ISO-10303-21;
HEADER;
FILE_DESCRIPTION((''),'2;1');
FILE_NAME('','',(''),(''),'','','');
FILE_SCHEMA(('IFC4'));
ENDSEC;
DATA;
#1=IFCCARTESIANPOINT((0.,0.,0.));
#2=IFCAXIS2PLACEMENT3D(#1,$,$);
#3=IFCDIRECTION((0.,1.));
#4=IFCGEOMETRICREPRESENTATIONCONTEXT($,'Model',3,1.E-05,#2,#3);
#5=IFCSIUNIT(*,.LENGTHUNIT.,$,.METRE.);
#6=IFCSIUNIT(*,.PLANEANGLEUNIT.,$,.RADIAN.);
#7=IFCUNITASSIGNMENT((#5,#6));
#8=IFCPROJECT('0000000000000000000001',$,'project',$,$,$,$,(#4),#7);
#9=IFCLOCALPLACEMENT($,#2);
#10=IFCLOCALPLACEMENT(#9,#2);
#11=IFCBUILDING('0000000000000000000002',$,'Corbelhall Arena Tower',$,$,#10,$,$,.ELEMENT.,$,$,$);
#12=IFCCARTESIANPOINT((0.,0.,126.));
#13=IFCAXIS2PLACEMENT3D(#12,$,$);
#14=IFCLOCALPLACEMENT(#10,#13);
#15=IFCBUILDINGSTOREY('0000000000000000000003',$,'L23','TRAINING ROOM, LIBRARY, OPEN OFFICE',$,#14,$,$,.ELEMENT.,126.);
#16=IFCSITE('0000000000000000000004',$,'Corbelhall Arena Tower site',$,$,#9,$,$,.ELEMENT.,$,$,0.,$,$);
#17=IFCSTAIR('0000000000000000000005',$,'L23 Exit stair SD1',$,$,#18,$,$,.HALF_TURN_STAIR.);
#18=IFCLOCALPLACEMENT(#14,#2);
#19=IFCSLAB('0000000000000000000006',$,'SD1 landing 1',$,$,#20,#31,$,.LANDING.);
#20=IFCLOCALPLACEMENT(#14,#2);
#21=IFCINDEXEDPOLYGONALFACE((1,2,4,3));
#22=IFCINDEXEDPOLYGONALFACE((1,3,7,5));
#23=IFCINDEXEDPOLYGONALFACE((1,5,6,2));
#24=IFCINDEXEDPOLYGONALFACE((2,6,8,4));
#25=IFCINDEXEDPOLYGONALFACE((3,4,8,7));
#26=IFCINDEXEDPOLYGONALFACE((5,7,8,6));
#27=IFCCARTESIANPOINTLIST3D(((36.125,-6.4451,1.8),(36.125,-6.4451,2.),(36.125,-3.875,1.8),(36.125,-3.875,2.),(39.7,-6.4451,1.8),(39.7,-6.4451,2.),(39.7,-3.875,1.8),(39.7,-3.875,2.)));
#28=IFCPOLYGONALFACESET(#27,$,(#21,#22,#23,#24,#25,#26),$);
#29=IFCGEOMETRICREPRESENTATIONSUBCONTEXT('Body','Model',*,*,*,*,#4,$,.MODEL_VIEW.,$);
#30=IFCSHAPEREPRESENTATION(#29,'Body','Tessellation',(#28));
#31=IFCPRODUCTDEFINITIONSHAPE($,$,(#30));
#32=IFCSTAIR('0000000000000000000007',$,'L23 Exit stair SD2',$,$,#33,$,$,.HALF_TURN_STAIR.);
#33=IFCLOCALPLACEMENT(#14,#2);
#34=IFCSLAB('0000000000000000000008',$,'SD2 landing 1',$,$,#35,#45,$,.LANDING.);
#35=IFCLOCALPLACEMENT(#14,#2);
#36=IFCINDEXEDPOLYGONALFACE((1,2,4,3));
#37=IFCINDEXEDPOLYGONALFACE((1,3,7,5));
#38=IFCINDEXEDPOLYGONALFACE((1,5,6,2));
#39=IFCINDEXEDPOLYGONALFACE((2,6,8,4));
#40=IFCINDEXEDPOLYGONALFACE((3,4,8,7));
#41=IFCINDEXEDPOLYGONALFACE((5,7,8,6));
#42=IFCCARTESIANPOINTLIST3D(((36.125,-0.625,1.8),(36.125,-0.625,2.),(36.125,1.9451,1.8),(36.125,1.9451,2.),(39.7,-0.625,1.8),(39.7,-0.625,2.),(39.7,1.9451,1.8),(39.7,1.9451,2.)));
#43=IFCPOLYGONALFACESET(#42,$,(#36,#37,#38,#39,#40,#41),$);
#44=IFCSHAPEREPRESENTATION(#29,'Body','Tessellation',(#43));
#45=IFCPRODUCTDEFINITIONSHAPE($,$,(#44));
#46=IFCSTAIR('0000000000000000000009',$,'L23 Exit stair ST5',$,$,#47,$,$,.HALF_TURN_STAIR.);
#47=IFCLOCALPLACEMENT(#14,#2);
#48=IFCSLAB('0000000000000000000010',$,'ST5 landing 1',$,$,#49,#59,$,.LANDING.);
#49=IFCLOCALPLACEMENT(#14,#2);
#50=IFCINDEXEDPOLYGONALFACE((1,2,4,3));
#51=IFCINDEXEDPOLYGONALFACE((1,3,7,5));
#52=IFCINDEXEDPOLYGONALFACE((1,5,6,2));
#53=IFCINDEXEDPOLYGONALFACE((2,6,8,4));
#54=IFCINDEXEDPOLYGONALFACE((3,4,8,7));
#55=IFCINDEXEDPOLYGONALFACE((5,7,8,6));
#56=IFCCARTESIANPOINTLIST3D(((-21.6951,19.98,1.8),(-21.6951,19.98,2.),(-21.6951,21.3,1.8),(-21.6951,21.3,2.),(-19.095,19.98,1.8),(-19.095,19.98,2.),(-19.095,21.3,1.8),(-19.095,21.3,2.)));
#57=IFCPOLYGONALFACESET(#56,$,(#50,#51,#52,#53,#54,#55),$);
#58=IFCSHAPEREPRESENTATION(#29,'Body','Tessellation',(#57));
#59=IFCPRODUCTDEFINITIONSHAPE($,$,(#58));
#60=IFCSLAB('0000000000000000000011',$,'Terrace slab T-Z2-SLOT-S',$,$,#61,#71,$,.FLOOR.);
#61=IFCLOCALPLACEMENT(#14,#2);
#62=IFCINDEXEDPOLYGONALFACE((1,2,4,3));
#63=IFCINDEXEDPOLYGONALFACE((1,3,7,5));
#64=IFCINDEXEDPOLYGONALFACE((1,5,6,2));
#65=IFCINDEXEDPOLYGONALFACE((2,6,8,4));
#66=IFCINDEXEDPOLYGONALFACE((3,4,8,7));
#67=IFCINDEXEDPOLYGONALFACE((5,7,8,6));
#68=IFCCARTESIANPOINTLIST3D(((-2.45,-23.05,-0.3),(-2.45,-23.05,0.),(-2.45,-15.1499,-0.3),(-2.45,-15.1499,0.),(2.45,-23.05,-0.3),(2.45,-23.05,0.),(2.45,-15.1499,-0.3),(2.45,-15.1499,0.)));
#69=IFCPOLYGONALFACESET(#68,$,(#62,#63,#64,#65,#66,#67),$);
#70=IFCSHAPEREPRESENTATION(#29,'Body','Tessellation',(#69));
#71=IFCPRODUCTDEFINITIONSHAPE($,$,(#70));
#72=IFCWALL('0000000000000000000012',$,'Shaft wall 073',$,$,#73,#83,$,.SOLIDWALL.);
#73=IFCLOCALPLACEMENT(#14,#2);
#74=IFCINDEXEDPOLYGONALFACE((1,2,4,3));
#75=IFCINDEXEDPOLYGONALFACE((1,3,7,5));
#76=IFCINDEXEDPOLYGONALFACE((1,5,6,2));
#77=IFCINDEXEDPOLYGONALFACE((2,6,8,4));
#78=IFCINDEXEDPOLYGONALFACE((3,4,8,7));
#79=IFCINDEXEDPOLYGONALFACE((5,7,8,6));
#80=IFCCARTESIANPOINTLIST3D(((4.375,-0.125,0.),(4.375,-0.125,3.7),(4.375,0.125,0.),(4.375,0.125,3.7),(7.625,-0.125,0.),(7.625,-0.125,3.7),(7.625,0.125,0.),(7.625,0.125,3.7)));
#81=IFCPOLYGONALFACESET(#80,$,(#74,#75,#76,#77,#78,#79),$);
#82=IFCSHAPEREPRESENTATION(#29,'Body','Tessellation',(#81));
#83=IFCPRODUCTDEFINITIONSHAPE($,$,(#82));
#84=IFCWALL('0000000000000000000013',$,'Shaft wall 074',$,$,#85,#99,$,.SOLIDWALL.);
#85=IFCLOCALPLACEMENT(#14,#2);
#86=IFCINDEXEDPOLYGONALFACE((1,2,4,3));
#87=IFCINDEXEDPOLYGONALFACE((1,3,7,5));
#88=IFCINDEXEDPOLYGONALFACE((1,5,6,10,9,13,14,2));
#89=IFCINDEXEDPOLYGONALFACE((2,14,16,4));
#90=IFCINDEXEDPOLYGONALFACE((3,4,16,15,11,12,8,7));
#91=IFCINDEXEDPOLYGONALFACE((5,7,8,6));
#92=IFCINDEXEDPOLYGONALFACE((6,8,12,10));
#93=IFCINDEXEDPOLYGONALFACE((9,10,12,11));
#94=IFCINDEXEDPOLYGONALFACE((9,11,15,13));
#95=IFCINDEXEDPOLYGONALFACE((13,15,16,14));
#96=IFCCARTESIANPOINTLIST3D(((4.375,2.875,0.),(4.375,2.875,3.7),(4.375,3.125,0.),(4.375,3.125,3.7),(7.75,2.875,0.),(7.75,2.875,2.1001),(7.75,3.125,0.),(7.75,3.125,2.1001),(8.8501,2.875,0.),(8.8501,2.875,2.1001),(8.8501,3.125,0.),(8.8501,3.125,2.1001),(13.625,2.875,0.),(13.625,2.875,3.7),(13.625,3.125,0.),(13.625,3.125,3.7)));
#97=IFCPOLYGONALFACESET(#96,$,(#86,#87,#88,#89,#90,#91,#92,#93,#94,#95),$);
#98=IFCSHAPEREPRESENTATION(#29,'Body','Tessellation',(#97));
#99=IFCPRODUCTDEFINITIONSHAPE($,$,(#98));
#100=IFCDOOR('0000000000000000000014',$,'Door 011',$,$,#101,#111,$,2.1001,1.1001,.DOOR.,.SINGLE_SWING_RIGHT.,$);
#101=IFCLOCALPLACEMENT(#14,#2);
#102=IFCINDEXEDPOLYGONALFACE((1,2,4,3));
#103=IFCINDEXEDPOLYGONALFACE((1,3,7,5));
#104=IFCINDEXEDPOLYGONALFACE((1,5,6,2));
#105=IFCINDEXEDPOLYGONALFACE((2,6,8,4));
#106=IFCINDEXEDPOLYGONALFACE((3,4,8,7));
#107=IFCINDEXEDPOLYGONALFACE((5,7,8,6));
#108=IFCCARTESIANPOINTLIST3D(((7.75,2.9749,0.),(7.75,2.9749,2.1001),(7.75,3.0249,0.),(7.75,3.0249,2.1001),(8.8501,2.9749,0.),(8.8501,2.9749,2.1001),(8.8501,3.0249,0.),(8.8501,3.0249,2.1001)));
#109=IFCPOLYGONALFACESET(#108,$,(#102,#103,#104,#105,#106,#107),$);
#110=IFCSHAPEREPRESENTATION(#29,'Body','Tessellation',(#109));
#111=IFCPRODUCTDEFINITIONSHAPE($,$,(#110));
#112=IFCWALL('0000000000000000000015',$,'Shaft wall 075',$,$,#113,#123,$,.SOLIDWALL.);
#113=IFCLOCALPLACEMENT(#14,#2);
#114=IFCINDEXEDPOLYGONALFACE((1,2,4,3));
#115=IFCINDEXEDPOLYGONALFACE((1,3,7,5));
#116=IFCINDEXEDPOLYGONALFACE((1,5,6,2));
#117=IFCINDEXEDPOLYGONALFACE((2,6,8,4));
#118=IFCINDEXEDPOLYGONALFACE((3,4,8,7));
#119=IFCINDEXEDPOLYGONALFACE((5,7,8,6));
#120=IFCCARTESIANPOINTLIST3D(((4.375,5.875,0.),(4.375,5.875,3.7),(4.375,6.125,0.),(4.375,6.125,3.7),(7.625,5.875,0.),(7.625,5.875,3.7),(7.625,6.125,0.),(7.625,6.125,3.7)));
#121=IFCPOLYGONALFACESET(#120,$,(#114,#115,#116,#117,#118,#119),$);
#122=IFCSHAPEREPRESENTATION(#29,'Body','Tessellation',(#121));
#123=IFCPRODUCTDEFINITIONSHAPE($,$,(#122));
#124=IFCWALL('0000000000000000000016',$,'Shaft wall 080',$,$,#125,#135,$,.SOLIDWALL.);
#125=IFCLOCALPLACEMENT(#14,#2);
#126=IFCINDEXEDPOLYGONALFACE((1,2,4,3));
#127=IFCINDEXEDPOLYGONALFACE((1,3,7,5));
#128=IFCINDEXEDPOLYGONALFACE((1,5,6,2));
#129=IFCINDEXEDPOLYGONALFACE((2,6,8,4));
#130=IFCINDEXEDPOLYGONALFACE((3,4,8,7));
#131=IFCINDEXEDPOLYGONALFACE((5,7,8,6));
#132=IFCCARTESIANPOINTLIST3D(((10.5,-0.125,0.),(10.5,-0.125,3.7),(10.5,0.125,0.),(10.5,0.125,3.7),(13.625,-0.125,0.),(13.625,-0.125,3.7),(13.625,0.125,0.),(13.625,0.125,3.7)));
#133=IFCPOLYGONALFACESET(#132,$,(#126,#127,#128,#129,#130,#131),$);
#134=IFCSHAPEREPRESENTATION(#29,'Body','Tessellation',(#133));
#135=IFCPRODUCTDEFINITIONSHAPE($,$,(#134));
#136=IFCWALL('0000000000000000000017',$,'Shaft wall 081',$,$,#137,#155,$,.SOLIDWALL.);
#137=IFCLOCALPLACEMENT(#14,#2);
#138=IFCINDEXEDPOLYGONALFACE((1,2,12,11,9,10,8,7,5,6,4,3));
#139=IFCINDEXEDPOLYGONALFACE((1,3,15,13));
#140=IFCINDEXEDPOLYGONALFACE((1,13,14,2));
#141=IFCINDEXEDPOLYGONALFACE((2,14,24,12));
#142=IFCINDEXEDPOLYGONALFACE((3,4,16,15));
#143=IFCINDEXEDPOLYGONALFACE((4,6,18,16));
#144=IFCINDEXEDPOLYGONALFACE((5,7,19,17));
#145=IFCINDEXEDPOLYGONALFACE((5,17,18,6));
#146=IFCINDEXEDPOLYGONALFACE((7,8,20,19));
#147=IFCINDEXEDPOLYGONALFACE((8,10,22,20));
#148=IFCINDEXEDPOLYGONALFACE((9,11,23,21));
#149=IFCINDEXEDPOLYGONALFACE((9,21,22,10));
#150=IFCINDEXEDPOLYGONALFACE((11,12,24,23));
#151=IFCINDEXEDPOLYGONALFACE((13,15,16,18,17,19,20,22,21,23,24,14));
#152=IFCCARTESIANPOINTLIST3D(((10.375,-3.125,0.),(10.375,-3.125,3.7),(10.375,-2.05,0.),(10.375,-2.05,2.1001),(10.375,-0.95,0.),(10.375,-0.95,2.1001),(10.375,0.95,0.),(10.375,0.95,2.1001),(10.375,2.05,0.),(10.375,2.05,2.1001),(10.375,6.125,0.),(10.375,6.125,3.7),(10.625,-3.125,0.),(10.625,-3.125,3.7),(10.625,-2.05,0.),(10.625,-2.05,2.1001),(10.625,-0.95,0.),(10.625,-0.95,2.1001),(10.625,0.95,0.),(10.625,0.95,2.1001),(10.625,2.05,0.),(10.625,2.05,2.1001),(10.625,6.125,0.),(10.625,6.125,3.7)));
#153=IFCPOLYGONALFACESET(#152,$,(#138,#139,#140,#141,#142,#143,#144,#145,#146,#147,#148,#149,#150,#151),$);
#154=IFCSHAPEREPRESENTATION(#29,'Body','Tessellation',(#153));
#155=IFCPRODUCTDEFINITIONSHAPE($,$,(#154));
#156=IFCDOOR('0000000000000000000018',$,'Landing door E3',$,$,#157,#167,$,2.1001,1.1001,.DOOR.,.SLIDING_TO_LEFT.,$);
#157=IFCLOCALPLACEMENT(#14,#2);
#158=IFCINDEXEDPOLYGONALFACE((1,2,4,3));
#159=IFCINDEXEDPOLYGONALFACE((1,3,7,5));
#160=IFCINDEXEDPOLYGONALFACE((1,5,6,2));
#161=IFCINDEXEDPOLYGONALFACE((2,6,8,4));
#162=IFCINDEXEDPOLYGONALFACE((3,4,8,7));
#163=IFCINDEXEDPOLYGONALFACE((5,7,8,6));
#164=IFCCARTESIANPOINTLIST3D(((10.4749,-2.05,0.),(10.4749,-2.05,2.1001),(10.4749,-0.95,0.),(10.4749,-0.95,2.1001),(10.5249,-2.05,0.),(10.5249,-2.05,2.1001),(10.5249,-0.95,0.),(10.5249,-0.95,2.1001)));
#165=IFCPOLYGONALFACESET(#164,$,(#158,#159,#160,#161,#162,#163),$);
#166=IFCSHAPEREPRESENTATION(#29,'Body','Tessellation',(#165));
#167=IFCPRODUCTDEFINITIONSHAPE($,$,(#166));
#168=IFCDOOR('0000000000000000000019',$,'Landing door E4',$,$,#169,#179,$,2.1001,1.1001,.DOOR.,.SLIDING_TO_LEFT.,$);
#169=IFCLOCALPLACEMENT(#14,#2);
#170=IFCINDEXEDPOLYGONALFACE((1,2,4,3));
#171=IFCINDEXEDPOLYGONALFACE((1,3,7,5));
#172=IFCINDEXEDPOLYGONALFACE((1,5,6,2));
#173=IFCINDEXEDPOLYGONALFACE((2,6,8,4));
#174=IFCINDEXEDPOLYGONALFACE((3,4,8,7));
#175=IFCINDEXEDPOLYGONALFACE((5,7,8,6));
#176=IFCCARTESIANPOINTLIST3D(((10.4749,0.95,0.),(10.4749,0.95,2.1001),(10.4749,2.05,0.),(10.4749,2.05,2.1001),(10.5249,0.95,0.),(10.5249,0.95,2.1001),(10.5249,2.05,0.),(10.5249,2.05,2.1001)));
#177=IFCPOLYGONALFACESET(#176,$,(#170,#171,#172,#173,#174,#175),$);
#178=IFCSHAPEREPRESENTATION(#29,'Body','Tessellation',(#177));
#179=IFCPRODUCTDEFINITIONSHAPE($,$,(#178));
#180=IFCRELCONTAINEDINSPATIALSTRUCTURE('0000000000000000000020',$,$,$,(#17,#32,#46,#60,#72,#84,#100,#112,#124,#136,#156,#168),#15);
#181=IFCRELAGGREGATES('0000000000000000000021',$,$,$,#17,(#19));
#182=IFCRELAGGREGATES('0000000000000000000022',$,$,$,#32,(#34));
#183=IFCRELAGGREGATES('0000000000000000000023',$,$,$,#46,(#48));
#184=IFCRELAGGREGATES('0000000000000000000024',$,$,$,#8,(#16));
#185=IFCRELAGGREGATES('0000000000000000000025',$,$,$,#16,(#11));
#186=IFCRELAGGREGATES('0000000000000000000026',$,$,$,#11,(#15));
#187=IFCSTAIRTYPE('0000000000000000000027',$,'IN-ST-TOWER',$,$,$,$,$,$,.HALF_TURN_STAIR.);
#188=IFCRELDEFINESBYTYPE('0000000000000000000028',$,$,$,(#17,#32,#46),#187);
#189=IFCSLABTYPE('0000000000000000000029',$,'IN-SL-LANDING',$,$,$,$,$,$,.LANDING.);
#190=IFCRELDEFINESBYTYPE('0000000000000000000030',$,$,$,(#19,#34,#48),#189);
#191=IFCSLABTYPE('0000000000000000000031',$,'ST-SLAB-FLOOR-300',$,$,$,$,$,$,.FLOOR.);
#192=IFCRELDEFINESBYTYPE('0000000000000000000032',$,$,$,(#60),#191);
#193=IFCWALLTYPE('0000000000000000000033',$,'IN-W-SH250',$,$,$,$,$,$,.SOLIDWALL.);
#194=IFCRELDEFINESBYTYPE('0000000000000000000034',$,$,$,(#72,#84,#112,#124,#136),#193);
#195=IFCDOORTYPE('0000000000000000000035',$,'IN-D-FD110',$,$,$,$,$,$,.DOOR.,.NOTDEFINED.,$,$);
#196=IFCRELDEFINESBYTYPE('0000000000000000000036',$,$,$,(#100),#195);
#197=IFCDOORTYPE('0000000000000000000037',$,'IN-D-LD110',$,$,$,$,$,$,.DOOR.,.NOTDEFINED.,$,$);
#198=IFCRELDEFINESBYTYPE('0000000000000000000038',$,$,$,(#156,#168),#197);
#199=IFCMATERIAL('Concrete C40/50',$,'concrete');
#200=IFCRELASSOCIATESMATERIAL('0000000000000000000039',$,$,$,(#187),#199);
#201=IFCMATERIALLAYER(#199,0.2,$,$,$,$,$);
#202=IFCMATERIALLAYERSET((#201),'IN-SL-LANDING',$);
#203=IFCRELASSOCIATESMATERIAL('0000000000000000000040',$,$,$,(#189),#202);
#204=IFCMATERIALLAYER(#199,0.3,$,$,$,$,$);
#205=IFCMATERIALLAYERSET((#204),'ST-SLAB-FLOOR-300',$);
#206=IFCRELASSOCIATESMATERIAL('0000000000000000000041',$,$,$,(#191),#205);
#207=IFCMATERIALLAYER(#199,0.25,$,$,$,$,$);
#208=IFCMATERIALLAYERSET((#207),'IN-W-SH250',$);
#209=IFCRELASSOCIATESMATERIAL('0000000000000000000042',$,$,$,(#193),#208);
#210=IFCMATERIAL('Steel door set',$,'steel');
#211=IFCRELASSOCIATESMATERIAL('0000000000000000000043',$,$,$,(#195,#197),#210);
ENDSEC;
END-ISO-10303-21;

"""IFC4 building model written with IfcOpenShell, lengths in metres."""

from ifc_helpers import new_model, si_unit, direction, frame, frame_2d, origin, place, context, subcontext, project, spatial, polyline, rectangle, outline, extrude, material, layer, layer_set, type_object, element, fill, aggregate, save


model = new_model("IFC4")

# Units and contexts
model_context = context("Model", 3, precision=1e-05, world=origin(), true_north=direction((0.0, 1.0)))
body_context = subcontext(model_context, "Body", "Model", "MODEL_VIEW")
ifc_project = project(units=[si_unit("LENGTHUNIT", "METRE"), si_unit("PLANEANGLEUNIT", "RADIAN")], contexts=[model_context])

# Site, building, storey
site_placement = place(None, origin())
site = spatial("IfcSite", under=ifc_project, at=site_placement, Name="Corbelhall Arena Tower site", CompositionType="ELEMENT", RefElevation=0.0)
building_placement = place(site_placement, origin())
building = spatial("IfcBuilding", under=site, at=building_placement, Name="Corbelhall Arena Tower", CompositionType="ELEMENT")
storey_placement = place(building_placement, frame((0.0, 0.0, 126.0)))
storey = spatial("IfcBuildingStorey", under=building, at=storey_placement, Name="L23", Description="TRAINING ROOM, LIBRARY, OPEN OFFICE", CompositionType="ELEMENT", Elevation=126.0)

# Shared definitions
ifc_material_1 = material(Name="Concrete C40/50", Category="concrete")

# Stairs, slabs
stair_type = type_object("IfcStairType", Name="IN-ST-TOWER", PredefinedType="HALF_TURN_STAIR", material=ifc_material_1)
ifc_layer_1 = layer(ifc_material_1, 0.2)
ifc_layer_set_1 = layer_set([ifc_layer_1], Name="IN-SL-LANDING")
slab_type_1 = type_object("IfcSlabType", Name="IN-SL-LANDING", PredefinedType="LANDING", material=ifc_layer_set_1)
stair_1_placement = place(storey_placement, origin())
stair_1 = element("IfcStair", 1, at=stair_1_placement, inside=storey, type_object=stair_type, Name="L23 Exit stair SD1", PredefinedType="HALF_TURN_STAIR")
slab_1_placement = place(storey_placement, frame((0.0, 0.0, 1.8)))
slab_1 = element("IfcSlab", 2, at=slab_1_placement, type_object=slab_type_1, Name="SD1 landing 1", PredefinedType="LANDING", context=body_context, shape_type="SweptSolid", body=[
    extrude(outline(polyline([(39.7, -6.4451), (39.7, -3.875), (36.125, -3.875), (36.125, -6.4451), (39.7, -6.4451)])), origin(), (0.0, 0.0, 1.0), 0.2),
])
aggregate(stair_1, [slab_1])
stair_2_placement = place(storey_placement, origin())
stair_2 = element("IfcStair", 3, at=stair_2_placement, inside=storey, type_object=stair_type, Name="L23 Exit stair SD2", PredefinedType="HALF_TURN_STAIR")
slab_2_placement = place(storey_placement, frame((0.0, 0.0, 1.8)))
slab_2 = element("IfcSlab", 4, at=slab_2_placement, type_object=slab_type_1, Name="SD2 landing 1", PredefinedType="LANDING", context=body_context, shape_type="SweptSolid", body=[
    extrude(outline(polyline([(36.125, 1.9451), (36.125, -0.625), (39.7, -0.625), (39.7, 1.9451), (36.125, 1.9451)])), origin(), (0.0, 0.0, 1.0), 0.2),
])
aggregate(stair_2, [slab_2])
stair_3_placement = place(storey_placement, origin())
stair_3 = element("IfcStair", 5, at=stair_3_placement, inside=storey, type_object=stair_type, Name="L23 Exit stair ST5", PredefinedType="HALF_TURN_STAIR")
slab_3_placement = place(storey_placement, frame((0.0, 0.0, 1.8)))
slab_3 = element("IfcSlab", 6, at=slab_3_placement, type_object=slab_type_1, Name="ST5 landing 1", PredefinedType="LANDING", context=body_context, shape_type="SweptSolid", body=[
    extrude(outline(polyline([(-19.095, 19.98), (-19.095, 21.3), (-21.6951, 21.3), (-21.6951, 19.98), (-19.095, 19.98)])), origin(), (0.0, 0.0, 1.0), 0.2),
])
aggregate(stair_3, [slab_3])

# Slab
ifc_layer_2 = layer(ifc_material_1, 0.3)
ifc_layer_set_2 = layer_set([ifc_layer_2], Name="ST-SLAB-FLOOR-300")
slab_type_2 = type_object("IfcSlabType", Name="ST-SLAB-FLOOR-300", PredefinedType="FLOOR", material=ifc_layer_set_2)
slab_4_placement = place(storey_placement, frame((0.0, 0.0, -0.3)))
element("IfcSlab", 7, at=slab_4_placement, inside=storey, type_object=slab_type_2, Name="Terrace slab T-Z2-SLOT-S", PredefinedType="FLOOR", context=body_context, shape_type="SweptSolid", body=[
    extrude(outline(polyline([(2.45, -23.05), (2.45, -15.1499), (-2.45, -15.1499), (-2.45, -23.05), (2.45, -23.05)])), origin(), (0.0, 0.0, 1.0), 0.3),
])

# Wall
ifc_layer_3 = layer(ifc_material_1, 0.25)
ifc_layer_set_3 = layer_set([ifc_layer_3], Name="IN-W-SH250")
wall_type_1 = type_object("IfcWallType", Name="IN-W-SH250", PredefinedType="SOLIDWALL", material=ifc_layer_set_3)
wall_1_placement = place(storey_placement, frame((4.375, 0.0, 0.0), z_axis=(0.0, 0.0, 1.0), x_axis=(1.0, 0.0, 0.0)))
element("IfcWall", 8, at=wall_1_placement, inside=storey, type_object=wall_type_1, Name="Shaft wall 073", PredefinedType="SOLIDWALL", context=body_context, shape_type="SweptSolid", body=[
    extrude(rectangle(XDim=3.25, YDim=0.25, at=frame_2d((1.625, 0.0))), origin(), (0.0, 0.0, 1.0), 3.7),
])

# Wall, opening, door
wall_2_placement = place(storey_placement, frame((4.375, 3.0, 0.0), z_axis=(0.0, 0.0, 1.0), x_axis=(1.0, 0.0, 0.0)))
wall_2 = element("IfcWall", 9, at=wall_2_placement, inside=storey, type_object=wall_type_1, Name="Shaft wall 074", PredefinedType="SOLIDWALL", context=body_context, shape_type="SweptSolid", body=[
    extrude(rectangle(XDim=9.25, YDim=0.25, at=frame_2d((4.625, 0.0))), origin(), (0.0, 0.0, 1.0), 3.7),
])
opening_1_placement = place(wall_2_placement, frame((3.375, 0.0, 0.0)))
opening_1 = element("IfcOpeningElement", 10, at=opening_1_placement, cuts=wall_2, PredefinedType="OPENING", context=body_context, shape_type="SweptSolid", body=[
    extrude(rectangle(XDim=1.1001, YDim=2.1001, at=frame_2d((0.55, 1.05))), frame((0.0, 0.125, 0.0), z_axis=(0.0, -1.0, 0.0), x_axis=(1.0, 0.0, 0.0)), (0.0, 0.0, 1.0), 0.25),
])
ifc_material_2 = material(Name="Steel door set", Category="steel")
door_type_1 = type_object("IfcDoorType", Name="IN-D-FD110", OperationType="NOTDEFINED", PredefinedType="DOOR", material=ifc_material_2)
door_1_placement = place(opening_1_placement, origin())
door_1 = element("IfcDoor", 11, at=door_1_placement, inside=storey, type_object=door_type_1, Name="Door 011", OperationType="SINGLE_SWING_RIGHT", OverallHeight=2.1001, OverallWidth=1.1001, PredefinedType="DOOR", context=body_context, shape_type="SweptSolid", body=[
    extrude(rectangle(XDim=1.1001, YDim=2.1001, at=frame_2d((0.55, 1.05))), frame((0.0, 0.0249, 0.0), z_axis=(0.0, -1.0, 0.0), x_axis=(1.0, 0.0, 0.0)), (0.0, 0.0, 1.0), 0.05),
])
fill(opening_1, door_1)

# Walls
wall_3_placement = place(storey_placement, frame((4.375, 6.0, 0.0), z_axis=(0.0, 0.0, 1.0), x_axis=(1.0, 0.0, 0.0)))
element("IfcWall", 12, at=wall_3_placement, inside=storey, type_object=wall_type_1, Name="Shaft wall 075", PredefinedType="SOLIDWALL", context=body_context, shape_type="SweptSolid", body=[
    extrude(rectangle(XDim=3.25, YDim=0.25, at=frame_2d((1.625, 0.0))), origin(), (0.0, 0.0, 1.0), 3.7),
])
wall_4_placement = place(storey_placement, frame((10.5, 0.0, 0.0), z_axis=(0.0, 0.0, 1.0), x_axis=(1.0, 0.0, 0.0)))
element("IfcWall", 13, at=wall_4_placement, inside=storey, type_object=wall_type_1, Name="Shaft wall 080", PredefinedType="SOLIDWALL", context=body_context, shape_type="SweptSolid", body=[
    extrude(rectangle(XDim=3.125, YDim=0.25, at=frame_2d((1.5625, 0.0))), origin(), (0.0, 0.0, 1.0), 3.7),
])

# Wall, openings, doors
wall_5_placement = place(storey_placement, frame((10.5, 6.125, 0.0), z_axis=(0.0, 0.0, 1.0), x_axis=(0.0, -1.0, 0.0)))
wall_5 = element("IfcWall", 14, at=wall_5_placement, inside=storey, type_object=wall_type_1, Name="Shaft wall 081", PredefinedType="SOLIDWALL", context=body_context, shape_type="SweptSolid", body=[
    extrude(rectangle(XDim=9.25, YDim=0.25, at=frame_2d((4.625, 0.0))), origin(), (0.0, 0.0, 1.0), 3.7),
])
opening_2_placement = place(wall_5_placement, frame((7.075, 0.0, 0.0)))
opening_2 = element("IfcOpeningElement", 15, at=opening_2_placement, cuts=wall_5, PredefinedType="OPENING", context=body_context, shape_type="SweptSolid", body=[
    extrude(rectangle(XDim=1.1001, YDim=2.1001, at=frame_2d((0.55, 1.05))), frame((0.0, 0.125, 0.0), z_axis=(0.0, -1.0, 0.0), x_axis=(1.0, 0.0, 0.0)), (0.0, 0.0, 1.0), 0.25),
])
opening_3_placement = place(wall_5_placement, frame((4.075, 0.0, 0.0)))
opening_3 = element("IfcOpeningElement", 16, at=opening_3_placement, cuts=wall_5, PredefinedType="OPENING", context=body_context, shape_type="SweptSolid", body=[
    extrude(rectangle(XDim=1.1001, YDim=2.1001, at=frame_2d((0.55, 1.05))), frame((0.0, 0.125, 0.0), z_axis=(0.0, -1.0, 0.0), x_axis=(1.0, 0.0, 0.0)), (0.0, 0.0, 1.0), 0.25),
])
door_type_2 = type_object("IfcDoorType", Name="IN-D-LD110", OperationType="NOTDEFINED", PredefinedType="DOOR", material=ifc_material_2)
door_2_placement = place(opening_2_placement, origin())
door_2 = element("IfcDoor", 17, at=door_2_placement, inside=storey, type_object=door_type_2, Name="Landing door E3", OperationType="SLIDING_TO_LEFT", OverallHeight=2.1001, OverallWidth=1.1001, PredefinedType="DOOR", context=body_context, shape_type="SweptSolid", body=[
    extrude(rectangle(XDim=1.1001, YDim=2.1001, at=frame_2d((0.55, 1.05))), frame((0.0, 0.0249, 0.0), z_axis=(0.0, -1.0, 0.0), x_axis=(1.0, 0.0, 0.0)), (0.0, 0.0, 1.0), 0.05),
])
fill(opening_2, door_2)
door_3_placement = place(opening_3_placement, origin())
door_3 = element("IfcDoor", 18, at=door_3_placement, inside=storey, type_object=door_type_2, Name="Landing door E4", OperationType="SLIDING_TO_LEFT", OverallHeight=2.1001, OverallWidth=1.1001, PredefinedType="DOOR", context=body_context, shape_type="SweptSolid", body=[
    extrude(rectangle(XDim=1.1001, YDim=2.1001, at=frame_2d((0.55, 1.05))), frame((0.0, 0.0249, 0.0), z_axis=(0.0, -1.0, 0.0), x_axis=(1.0, 0.0, 0.0)), (0.0, 0.0, 1.0), 0.05),
])
fill(opening_3, door_3)

save(model, "model.ifc")
